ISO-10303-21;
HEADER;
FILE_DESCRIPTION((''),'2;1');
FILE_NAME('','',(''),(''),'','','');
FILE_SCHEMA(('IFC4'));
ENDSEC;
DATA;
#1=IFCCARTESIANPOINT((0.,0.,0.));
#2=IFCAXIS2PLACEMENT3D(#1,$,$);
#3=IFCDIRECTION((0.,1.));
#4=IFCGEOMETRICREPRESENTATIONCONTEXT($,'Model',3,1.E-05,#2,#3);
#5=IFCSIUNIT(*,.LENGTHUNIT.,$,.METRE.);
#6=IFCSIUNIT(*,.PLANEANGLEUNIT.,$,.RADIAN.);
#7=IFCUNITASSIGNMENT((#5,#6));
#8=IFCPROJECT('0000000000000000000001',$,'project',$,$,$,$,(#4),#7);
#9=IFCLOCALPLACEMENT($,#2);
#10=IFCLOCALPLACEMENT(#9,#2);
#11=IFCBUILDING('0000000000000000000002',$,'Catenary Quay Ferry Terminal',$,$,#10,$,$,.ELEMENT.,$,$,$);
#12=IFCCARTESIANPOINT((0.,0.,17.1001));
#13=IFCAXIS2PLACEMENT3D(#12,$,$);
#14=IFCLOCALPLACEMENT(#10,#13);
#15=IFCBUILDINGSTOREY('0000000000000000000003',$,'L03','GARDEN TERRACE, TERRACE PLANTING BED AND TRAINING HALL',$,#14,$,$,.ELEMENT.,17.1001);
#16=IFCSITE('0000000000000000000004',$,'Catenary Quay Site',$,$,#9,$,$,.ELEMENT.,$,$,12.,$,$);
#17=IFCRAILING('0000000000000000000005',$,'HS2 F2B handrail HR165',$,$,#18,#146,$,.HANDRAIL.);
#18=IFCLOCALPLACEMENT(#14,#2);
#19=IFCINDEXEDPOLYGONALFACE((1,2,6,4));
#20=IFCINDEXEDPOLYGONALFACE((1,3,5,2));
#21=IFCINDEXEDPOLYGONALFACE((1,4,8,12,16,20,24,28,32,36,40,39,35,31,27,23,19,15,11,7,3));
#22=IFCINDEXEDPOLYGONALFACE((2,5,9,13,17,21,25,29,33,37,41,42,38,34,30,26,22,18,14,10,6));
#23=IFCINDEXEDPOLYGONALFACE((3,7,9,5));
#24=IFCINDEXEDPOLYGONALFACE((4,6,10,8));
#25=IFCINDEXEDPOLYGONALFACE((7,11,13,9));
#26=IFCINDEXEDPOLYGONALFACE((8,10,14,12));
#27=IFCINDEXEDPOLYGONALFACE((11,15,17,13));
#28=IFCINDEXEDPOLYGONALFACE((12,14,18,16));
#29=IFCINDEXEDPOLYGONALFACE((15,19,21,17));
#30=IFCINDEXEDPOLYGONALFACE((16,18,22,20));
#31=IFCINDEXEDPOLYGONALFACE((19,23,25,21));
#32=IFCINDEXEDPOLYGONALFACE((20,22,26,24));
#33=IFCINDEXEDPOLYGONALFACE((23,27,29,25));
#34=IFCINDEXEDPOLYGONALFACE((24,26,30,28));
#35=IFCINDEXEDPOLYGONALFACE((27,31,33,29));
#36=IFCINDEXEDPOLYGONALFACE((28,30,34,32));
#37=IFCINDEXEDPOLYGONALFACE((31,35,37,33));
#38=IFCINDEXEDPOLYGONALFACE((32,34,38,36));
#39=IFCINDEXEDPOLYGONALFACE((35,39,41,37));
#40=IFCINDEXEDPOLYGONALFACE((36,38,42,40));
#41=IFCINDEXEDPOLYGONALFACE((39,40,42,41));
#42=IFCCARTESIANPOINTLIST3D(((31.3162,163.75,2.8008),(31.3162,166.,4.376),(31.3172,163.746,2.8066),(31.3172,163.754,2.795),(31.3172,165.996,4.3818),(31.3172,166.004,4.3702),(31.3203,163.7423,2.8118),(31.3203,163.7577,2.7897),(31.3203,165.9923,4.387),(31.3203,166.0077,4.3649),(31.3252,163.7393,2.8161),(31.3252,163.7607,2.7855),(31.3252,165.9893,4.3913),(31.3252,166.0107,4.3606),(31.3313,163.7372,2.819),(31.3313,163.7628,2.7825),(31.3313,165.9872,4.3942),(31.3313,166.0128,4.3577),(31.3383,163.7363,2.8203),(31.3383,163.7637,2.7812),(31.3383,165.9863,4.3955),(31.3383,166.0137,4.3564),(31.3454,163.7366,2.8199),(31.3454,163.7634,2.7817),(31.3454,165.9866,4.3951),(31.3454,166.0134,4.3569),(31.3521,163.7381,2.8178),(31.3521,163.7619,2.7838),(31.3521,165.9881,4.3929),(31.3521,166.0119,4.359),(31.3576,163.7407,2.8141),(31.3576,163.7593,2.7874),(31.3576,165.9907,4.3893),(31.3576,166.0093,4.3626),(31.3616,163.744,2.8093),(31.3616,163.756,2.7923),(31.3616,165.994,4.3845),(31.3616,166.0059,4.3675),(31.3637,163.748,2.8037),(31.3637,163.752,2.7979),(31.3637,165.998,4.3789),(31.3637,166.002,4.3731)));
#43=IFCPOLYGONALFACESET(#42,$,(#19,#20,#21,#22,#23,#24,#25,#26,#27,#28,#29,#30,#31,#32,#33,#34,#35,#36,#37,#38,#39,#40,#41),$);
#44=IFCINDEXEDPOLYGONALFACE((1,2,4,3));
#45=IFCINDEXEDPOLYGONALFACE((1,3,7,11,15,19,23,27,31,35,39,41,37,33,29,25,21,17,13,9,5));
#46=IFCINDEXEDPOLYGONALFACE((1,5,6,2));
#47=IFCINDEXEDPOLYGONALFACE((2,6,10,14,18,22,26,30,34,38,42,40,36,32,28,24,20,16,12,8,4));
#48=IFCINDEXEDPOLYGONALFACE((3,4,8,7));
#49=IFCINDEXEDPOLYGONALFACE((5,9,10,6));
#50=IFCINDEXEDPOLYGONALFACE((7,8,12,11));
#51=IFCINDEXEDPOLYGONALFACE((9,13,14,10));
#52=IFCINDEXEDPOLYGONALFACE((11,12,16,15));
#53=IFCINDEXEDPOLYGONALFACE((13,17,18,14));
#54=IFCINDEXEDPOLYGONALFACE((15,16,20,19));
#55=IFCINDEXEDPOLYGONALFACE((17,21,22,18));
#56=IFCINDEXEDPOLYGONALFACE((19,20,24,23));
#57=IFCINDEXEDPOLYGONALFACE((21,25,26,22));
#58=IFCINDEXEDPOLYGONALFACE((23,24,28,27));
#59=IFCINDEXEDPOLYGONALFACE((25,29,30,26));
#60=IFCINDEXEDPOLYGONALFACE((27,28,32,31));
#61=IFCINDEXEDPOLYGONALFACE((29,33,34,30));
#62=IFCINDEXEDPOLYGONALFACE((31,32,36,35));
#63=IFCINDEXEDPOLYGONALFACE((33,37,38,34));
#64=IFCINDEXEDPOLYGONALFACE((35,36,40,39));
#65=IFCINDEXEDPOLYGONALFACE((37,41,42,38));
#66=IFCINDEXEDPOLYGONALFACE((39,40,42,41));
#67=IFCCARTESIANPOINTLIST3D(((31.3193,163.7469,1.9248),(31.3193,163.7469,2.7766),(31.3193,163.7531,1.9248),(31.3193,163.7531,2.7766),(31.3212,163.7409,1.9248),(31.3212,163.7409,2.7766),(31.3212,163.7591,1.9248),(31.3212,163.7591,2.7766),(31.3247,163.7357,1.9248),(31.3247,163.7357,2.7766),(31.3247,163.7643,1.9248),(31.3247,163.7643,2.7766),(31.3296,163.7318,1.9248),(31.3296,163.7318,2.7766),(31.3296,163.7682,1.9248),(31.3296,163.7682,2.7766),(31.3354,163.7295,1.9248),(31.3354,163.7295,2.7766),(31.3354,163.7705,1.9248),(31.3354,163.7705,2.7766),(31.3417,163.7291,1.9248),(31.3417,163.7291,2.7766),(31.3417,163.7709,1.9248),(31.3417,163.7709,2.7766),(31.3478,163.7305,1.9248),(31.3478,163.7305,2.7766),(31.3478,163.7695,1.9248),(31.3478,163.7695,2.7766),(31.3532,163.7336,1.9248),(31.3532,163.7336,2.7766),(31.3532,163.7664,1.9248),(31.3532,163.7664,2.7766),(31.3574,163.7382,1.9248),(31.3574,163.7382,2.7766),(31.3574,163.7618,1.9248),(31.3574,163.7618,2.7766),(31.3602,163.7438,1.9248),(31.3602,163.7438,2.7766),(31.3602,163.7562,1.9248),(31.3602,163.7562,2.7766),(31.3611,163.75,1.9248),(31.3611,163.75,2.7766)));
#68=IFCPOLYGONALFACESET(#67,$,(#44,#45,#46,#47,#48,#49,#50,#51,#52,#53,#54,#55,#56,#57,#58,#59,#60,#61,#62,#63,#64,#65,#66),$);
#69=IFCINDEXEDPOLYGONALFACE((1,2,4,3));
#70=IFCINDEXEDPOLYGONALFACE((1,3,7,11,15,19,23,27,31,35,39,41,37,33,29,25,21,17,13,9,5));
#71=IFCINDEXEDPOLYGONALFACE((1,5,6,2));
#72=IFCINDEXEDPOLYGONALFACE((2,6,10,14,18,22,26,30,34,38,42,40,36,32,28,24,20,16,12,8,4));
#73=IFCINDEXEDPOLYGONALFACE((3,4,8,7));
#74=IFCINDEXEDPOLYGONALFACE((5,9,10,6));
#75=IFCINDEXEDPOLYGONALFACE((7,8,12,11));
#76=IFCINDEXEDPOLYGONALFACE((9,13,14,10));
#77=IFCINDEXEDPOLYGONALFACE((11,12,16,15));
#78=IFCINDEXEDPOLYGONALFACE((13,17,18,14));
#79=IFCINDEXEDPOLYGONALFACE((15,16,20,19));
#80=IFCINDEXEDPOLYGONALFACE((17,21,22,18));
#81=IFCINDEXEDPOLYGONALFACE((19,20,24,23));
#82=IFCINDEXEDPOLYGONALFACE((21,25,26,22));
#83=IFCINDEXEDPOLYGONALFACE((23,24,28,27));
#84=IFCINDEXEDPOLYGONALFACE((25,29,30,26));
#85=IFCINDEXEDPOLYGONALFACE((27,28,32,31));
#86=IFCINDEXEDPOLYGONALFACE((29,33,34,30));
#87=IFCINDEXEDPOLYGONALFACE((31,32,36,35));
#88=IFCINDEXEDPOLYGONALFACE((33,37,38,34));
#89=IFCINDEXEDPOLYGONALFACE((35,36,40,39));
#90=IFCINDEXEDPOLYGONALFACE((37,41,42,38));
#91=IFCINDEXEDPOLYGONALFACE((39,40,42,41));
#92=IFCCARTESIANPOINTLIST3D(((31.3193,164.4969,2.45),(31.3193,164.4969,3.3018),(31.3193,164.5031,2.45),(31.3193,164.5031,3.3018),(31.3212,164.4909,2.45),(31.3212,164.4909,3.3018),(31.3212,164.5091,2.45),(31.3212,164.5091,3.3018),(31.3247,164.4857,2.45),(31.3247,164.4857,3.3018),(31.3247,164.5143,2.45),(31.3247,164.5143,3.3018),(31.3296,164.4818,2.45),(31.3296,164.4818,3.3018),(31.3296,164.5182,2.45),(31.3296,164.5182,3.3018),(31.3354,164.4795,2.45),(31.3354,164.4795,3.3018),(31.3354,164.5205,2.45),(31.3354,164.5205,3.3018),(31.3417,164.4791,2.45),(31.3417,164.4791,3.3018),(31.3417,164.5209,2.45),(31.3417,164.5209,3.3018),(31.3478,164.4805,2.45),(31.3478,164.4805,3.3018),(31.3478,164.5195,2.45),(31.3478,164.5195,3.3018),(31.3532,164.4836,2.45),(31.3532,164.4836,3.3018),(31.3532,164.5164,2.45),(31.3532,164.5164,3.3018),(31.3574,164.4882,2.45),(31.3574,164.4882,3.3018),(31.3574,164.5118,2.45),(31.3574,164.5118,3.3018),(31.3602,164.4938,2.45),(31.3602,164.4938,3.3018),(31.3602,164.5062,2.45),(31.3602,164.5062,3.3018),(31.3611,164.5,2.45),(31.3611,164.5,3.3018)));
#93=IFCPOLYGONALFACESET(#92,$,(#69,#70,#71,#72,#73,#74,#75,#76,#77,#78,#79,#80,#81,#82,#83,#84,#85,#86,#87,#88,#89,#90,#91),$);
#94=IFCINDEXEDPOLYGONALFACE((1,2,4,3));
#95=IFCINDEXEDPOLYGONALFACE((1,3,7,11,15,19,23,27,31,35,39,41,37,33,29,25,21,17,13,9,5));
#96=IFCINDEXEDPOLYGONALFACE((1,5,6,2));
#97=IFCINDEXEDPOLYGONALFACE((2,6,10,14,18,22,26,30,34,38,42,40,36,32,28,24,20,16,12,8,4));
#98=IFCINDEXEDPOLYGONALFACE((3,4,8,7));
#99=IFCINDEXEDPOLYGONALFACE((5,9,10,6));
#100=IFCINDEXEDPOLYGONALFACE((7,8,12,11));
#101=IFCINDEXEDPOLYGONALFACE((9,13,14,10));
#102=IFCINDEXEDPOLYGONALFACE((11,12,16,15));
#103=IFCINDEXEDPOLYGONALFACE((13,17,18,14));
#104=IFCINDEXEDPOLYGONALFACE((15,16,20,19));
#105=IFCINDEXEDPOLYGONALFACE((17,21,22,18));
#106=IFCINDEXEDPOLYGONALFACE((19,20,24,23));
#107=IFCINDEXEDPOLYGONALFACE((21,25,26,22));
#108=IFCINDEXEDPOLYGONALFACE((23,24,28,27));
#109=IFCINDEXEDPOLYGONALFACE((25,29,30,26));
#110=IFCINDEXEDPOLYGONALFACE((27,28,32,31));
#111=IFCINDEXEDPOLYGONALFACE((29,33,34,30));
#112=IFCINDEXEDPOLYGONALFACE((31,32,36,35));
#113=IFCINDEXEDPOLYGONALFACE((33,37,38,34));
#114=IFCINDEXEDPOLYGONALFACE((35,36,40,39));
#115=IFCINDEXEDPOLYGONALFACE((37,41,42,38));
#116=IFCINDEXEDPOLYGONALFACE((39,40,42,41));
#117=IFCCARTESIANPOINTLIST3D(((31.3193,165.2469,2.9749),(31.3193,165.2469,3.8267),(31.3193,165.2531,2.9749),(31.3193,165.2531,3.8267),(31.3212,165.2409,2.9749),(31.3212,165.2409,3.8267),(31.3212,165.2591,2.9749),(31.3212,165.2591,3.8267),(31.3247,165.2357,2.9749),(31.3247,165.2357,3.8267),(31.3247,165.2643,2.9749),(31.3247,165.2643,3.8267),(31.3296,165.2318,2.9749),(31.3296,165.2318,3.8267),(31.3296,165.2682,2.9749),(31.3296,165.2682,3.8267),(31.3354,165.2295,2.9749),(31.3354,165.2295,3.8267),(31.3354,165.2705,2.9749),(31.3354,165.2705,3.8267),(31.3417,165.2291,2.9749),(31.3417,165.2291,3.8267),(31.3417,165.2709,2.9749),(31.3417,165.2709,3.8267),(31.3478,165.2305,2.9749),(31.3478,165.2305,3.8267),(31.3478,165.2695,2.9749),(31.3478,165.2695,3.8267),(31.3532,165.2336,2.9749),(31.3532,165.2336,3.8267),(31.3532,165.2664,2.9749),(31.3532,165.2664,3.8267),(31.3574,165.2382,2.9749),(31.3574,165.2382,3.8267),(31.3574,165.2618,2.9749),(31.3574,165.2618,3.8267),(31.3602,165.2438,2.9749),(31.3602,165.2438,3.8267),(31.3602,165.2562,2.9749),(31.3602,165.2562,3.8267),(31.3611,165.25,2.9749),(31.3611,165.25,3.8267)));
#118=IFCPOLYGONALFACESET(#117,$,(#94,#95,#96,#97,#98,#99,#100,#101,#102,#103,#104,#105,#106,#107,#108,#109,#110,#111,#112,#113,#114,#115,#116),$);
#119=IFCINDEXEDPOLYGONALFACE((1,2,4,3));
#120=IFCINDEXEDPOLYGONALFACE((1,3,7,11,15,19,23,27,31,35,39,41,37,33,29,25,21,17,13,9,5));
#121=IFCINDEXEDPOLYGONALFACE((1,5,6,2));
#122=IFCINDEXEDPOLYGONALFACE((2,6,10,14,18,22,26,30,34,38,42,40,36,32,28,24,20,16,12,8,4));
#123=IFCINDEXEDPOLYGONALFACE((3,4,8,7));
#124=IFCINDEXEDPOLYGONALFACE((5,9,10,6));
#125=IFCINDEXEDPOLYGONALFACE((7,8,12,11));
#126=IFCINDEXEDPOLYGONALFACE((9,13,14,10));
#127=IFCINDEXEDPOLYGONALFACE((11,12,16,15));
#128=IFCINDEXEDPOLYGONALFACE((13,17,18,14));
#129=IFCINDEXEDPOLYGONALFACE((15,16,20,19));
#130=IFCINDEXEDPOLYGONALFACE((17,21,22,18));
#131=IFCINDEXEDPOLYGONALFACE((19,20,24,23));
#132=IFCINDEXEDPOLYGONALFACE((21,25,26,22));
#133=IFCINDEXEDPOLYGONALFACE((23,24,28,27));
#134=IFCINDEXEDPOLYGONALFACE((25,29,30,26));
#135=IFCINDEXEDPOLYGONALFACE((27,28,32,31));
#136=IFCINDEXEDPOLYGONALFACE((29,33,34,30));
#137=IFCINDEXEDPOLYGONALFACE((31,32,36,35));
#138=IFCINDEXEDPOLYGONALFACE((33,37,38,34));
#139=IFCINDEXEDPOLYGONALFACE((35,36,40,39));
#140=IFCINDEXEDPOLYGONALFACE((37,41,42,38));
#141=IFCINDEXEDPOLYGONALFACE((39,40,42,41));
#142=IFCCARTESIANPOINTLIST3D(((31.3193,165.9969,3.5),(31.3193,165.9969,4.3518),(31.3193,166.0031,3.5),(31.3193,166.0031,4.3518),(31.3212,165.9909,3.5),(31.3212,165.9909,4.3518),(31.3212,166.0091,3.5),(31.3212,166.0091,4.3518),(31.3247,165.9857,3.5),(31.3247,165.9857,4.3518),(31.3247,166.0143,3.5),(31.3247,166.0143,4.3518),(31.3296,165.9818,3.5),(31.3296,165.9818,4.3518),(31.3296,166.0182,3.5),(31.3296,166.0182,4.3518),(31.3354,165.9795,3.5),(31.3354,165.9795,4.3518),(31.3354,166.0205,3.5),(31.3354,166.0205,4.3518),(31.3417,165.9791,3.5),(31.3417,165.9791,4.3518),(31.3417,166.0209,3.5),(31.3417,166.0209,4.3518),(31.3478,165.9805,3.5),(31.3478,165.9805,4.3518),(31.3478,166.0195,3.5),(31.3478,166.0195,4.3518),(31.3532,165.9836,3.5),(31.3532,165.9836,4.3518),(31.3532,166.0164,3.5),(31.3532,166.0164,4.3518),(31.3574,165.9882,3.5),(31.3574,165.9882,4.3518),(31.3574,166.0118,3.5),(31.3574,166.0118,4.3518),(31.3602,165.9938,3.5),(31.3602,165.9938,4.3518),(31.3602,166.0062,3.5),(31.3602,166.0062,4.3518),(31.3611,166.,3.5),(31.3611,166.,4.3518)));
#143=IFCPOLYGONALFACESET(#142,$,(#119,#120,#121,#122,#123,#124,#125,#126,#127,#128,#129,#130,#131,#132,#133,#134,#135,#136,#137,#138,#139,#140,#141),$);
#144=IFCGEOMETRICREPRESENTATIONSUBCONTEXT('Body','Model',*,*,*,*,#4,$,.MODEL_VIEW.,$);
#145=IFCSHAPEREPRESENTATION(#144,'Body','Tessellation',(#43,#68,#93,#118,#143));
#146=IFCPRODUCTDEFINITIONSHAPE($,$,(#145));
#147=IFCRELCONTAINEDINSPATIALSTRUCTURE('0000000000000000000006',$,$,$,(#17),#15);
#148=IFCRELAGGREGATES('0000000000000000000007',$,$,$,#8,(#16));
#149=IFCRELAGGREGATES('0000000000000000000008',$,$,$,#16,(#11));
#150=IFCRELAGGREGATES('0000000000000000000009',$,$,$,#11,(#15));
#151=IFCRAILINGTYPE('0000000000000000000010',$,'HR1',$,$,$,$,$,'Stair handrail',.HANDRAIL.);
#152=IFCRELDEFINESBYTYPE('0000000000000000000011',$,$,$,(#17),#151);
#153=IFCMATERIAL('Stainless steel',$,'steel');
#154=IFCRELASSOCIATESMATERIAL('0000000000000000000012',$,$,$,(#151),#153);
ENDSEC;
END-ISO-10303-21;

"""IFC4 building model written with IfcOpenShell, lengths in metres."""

from ifc_helpers import new_model, si_unit, direction, frame, origin, origin_2d, place, context, subcontext, project, spatial, circle, extrude, material, type_object, element, save


model = new_model("IFC4")

# Units and contexts
model_context = context("Model", 3, precision=1e-05, world=origin(), true_north=direction((0.0, 1.0)))
body_context = subcontext(model_context, "Body", "Model", "MODEL_VIEW")
ifc_project = project(units=[si_unit("LENGTHUNIT", "METRE"), si_unit("PLANEANGLEUNIT", "RADIAN")], contexts=[model_context])

# Site, building, storey
site_placement = place(None, origin())
site = spatial("IfcSite", under=ifc_project, at=site_placement, Name="Catenary Quay Site", CompositionType="ELEMENT", RefElevation=12.0)
building_placement = place(site_placement, origin())
building = spatial("IfcBuilding", under=site, at=building_placement, Name="Catenary Quay Ferry Terminal", CompositionType="ELEMENT")
storey_placement = place(building_placement, frame((0.0, 0.0, 17.1001)))
storey = spatial("IfcBuildingStorey", under=building, at=storey_placement, Name="L03", Description="GARDEN TERRACE, TERRACE PLANTING BED AND TRAINING HALL", CompositionType="ELEMENT", Elevation=17.1001)

# Railing
ifc_material_1 = material(Name="Stainless steel", Category="steel")
railing_type_1 = type_object("IfcRailingType", Name="HR1", ElementType="Stair handrail", PredefinedType="HANDRAIL", material=ifc_material_1)
for number, where, name in (
    (1, (31.3401, 163.75, 1.9248), "HS2 F2B handrail HR165"),
):
    element("IfcRailing", number, at=place(storey_placement, frame(where)), inside=storey, type_object=railing_type_1, Name=name, PredefinedType="HANDRAIL", context=body_context, shape_type="SweptSolid", body=[
        extrude(circle(Radius=0.0239, at=origin_2d()), frame((0.0, 0.0, 0.876), z_axis=(0.0, 0.819199, 0.57351), x_axis=(-1.0, 0.0, 0.0)), (0.0, 0.0, 1.0), 2.7466),
        extrude(circle(Radius=0.021, at=origin_2d()), origin(), (0.0, 0.0, 1.0), 0.8518),
        extrude(circle(Radius=0.021, at=origin_2d()), frame((0.0, 0.75, 0.5251)), (0.0, 0.0, 1.0), 0.8518),
        extrude(circle(Radius=0.021, at=origin_2d()), frame((0.0, 1.5, 1.05)), (0.0, 0.0, 1.0), 0.8518),
        extrude(circle(Radius=0.021, at=origin_2d()), frame((0.0, 2.25, 1.5752)), (0.0, 0.0, 1.0), 0.8518),
    ])

save(model, "model.ifc")
